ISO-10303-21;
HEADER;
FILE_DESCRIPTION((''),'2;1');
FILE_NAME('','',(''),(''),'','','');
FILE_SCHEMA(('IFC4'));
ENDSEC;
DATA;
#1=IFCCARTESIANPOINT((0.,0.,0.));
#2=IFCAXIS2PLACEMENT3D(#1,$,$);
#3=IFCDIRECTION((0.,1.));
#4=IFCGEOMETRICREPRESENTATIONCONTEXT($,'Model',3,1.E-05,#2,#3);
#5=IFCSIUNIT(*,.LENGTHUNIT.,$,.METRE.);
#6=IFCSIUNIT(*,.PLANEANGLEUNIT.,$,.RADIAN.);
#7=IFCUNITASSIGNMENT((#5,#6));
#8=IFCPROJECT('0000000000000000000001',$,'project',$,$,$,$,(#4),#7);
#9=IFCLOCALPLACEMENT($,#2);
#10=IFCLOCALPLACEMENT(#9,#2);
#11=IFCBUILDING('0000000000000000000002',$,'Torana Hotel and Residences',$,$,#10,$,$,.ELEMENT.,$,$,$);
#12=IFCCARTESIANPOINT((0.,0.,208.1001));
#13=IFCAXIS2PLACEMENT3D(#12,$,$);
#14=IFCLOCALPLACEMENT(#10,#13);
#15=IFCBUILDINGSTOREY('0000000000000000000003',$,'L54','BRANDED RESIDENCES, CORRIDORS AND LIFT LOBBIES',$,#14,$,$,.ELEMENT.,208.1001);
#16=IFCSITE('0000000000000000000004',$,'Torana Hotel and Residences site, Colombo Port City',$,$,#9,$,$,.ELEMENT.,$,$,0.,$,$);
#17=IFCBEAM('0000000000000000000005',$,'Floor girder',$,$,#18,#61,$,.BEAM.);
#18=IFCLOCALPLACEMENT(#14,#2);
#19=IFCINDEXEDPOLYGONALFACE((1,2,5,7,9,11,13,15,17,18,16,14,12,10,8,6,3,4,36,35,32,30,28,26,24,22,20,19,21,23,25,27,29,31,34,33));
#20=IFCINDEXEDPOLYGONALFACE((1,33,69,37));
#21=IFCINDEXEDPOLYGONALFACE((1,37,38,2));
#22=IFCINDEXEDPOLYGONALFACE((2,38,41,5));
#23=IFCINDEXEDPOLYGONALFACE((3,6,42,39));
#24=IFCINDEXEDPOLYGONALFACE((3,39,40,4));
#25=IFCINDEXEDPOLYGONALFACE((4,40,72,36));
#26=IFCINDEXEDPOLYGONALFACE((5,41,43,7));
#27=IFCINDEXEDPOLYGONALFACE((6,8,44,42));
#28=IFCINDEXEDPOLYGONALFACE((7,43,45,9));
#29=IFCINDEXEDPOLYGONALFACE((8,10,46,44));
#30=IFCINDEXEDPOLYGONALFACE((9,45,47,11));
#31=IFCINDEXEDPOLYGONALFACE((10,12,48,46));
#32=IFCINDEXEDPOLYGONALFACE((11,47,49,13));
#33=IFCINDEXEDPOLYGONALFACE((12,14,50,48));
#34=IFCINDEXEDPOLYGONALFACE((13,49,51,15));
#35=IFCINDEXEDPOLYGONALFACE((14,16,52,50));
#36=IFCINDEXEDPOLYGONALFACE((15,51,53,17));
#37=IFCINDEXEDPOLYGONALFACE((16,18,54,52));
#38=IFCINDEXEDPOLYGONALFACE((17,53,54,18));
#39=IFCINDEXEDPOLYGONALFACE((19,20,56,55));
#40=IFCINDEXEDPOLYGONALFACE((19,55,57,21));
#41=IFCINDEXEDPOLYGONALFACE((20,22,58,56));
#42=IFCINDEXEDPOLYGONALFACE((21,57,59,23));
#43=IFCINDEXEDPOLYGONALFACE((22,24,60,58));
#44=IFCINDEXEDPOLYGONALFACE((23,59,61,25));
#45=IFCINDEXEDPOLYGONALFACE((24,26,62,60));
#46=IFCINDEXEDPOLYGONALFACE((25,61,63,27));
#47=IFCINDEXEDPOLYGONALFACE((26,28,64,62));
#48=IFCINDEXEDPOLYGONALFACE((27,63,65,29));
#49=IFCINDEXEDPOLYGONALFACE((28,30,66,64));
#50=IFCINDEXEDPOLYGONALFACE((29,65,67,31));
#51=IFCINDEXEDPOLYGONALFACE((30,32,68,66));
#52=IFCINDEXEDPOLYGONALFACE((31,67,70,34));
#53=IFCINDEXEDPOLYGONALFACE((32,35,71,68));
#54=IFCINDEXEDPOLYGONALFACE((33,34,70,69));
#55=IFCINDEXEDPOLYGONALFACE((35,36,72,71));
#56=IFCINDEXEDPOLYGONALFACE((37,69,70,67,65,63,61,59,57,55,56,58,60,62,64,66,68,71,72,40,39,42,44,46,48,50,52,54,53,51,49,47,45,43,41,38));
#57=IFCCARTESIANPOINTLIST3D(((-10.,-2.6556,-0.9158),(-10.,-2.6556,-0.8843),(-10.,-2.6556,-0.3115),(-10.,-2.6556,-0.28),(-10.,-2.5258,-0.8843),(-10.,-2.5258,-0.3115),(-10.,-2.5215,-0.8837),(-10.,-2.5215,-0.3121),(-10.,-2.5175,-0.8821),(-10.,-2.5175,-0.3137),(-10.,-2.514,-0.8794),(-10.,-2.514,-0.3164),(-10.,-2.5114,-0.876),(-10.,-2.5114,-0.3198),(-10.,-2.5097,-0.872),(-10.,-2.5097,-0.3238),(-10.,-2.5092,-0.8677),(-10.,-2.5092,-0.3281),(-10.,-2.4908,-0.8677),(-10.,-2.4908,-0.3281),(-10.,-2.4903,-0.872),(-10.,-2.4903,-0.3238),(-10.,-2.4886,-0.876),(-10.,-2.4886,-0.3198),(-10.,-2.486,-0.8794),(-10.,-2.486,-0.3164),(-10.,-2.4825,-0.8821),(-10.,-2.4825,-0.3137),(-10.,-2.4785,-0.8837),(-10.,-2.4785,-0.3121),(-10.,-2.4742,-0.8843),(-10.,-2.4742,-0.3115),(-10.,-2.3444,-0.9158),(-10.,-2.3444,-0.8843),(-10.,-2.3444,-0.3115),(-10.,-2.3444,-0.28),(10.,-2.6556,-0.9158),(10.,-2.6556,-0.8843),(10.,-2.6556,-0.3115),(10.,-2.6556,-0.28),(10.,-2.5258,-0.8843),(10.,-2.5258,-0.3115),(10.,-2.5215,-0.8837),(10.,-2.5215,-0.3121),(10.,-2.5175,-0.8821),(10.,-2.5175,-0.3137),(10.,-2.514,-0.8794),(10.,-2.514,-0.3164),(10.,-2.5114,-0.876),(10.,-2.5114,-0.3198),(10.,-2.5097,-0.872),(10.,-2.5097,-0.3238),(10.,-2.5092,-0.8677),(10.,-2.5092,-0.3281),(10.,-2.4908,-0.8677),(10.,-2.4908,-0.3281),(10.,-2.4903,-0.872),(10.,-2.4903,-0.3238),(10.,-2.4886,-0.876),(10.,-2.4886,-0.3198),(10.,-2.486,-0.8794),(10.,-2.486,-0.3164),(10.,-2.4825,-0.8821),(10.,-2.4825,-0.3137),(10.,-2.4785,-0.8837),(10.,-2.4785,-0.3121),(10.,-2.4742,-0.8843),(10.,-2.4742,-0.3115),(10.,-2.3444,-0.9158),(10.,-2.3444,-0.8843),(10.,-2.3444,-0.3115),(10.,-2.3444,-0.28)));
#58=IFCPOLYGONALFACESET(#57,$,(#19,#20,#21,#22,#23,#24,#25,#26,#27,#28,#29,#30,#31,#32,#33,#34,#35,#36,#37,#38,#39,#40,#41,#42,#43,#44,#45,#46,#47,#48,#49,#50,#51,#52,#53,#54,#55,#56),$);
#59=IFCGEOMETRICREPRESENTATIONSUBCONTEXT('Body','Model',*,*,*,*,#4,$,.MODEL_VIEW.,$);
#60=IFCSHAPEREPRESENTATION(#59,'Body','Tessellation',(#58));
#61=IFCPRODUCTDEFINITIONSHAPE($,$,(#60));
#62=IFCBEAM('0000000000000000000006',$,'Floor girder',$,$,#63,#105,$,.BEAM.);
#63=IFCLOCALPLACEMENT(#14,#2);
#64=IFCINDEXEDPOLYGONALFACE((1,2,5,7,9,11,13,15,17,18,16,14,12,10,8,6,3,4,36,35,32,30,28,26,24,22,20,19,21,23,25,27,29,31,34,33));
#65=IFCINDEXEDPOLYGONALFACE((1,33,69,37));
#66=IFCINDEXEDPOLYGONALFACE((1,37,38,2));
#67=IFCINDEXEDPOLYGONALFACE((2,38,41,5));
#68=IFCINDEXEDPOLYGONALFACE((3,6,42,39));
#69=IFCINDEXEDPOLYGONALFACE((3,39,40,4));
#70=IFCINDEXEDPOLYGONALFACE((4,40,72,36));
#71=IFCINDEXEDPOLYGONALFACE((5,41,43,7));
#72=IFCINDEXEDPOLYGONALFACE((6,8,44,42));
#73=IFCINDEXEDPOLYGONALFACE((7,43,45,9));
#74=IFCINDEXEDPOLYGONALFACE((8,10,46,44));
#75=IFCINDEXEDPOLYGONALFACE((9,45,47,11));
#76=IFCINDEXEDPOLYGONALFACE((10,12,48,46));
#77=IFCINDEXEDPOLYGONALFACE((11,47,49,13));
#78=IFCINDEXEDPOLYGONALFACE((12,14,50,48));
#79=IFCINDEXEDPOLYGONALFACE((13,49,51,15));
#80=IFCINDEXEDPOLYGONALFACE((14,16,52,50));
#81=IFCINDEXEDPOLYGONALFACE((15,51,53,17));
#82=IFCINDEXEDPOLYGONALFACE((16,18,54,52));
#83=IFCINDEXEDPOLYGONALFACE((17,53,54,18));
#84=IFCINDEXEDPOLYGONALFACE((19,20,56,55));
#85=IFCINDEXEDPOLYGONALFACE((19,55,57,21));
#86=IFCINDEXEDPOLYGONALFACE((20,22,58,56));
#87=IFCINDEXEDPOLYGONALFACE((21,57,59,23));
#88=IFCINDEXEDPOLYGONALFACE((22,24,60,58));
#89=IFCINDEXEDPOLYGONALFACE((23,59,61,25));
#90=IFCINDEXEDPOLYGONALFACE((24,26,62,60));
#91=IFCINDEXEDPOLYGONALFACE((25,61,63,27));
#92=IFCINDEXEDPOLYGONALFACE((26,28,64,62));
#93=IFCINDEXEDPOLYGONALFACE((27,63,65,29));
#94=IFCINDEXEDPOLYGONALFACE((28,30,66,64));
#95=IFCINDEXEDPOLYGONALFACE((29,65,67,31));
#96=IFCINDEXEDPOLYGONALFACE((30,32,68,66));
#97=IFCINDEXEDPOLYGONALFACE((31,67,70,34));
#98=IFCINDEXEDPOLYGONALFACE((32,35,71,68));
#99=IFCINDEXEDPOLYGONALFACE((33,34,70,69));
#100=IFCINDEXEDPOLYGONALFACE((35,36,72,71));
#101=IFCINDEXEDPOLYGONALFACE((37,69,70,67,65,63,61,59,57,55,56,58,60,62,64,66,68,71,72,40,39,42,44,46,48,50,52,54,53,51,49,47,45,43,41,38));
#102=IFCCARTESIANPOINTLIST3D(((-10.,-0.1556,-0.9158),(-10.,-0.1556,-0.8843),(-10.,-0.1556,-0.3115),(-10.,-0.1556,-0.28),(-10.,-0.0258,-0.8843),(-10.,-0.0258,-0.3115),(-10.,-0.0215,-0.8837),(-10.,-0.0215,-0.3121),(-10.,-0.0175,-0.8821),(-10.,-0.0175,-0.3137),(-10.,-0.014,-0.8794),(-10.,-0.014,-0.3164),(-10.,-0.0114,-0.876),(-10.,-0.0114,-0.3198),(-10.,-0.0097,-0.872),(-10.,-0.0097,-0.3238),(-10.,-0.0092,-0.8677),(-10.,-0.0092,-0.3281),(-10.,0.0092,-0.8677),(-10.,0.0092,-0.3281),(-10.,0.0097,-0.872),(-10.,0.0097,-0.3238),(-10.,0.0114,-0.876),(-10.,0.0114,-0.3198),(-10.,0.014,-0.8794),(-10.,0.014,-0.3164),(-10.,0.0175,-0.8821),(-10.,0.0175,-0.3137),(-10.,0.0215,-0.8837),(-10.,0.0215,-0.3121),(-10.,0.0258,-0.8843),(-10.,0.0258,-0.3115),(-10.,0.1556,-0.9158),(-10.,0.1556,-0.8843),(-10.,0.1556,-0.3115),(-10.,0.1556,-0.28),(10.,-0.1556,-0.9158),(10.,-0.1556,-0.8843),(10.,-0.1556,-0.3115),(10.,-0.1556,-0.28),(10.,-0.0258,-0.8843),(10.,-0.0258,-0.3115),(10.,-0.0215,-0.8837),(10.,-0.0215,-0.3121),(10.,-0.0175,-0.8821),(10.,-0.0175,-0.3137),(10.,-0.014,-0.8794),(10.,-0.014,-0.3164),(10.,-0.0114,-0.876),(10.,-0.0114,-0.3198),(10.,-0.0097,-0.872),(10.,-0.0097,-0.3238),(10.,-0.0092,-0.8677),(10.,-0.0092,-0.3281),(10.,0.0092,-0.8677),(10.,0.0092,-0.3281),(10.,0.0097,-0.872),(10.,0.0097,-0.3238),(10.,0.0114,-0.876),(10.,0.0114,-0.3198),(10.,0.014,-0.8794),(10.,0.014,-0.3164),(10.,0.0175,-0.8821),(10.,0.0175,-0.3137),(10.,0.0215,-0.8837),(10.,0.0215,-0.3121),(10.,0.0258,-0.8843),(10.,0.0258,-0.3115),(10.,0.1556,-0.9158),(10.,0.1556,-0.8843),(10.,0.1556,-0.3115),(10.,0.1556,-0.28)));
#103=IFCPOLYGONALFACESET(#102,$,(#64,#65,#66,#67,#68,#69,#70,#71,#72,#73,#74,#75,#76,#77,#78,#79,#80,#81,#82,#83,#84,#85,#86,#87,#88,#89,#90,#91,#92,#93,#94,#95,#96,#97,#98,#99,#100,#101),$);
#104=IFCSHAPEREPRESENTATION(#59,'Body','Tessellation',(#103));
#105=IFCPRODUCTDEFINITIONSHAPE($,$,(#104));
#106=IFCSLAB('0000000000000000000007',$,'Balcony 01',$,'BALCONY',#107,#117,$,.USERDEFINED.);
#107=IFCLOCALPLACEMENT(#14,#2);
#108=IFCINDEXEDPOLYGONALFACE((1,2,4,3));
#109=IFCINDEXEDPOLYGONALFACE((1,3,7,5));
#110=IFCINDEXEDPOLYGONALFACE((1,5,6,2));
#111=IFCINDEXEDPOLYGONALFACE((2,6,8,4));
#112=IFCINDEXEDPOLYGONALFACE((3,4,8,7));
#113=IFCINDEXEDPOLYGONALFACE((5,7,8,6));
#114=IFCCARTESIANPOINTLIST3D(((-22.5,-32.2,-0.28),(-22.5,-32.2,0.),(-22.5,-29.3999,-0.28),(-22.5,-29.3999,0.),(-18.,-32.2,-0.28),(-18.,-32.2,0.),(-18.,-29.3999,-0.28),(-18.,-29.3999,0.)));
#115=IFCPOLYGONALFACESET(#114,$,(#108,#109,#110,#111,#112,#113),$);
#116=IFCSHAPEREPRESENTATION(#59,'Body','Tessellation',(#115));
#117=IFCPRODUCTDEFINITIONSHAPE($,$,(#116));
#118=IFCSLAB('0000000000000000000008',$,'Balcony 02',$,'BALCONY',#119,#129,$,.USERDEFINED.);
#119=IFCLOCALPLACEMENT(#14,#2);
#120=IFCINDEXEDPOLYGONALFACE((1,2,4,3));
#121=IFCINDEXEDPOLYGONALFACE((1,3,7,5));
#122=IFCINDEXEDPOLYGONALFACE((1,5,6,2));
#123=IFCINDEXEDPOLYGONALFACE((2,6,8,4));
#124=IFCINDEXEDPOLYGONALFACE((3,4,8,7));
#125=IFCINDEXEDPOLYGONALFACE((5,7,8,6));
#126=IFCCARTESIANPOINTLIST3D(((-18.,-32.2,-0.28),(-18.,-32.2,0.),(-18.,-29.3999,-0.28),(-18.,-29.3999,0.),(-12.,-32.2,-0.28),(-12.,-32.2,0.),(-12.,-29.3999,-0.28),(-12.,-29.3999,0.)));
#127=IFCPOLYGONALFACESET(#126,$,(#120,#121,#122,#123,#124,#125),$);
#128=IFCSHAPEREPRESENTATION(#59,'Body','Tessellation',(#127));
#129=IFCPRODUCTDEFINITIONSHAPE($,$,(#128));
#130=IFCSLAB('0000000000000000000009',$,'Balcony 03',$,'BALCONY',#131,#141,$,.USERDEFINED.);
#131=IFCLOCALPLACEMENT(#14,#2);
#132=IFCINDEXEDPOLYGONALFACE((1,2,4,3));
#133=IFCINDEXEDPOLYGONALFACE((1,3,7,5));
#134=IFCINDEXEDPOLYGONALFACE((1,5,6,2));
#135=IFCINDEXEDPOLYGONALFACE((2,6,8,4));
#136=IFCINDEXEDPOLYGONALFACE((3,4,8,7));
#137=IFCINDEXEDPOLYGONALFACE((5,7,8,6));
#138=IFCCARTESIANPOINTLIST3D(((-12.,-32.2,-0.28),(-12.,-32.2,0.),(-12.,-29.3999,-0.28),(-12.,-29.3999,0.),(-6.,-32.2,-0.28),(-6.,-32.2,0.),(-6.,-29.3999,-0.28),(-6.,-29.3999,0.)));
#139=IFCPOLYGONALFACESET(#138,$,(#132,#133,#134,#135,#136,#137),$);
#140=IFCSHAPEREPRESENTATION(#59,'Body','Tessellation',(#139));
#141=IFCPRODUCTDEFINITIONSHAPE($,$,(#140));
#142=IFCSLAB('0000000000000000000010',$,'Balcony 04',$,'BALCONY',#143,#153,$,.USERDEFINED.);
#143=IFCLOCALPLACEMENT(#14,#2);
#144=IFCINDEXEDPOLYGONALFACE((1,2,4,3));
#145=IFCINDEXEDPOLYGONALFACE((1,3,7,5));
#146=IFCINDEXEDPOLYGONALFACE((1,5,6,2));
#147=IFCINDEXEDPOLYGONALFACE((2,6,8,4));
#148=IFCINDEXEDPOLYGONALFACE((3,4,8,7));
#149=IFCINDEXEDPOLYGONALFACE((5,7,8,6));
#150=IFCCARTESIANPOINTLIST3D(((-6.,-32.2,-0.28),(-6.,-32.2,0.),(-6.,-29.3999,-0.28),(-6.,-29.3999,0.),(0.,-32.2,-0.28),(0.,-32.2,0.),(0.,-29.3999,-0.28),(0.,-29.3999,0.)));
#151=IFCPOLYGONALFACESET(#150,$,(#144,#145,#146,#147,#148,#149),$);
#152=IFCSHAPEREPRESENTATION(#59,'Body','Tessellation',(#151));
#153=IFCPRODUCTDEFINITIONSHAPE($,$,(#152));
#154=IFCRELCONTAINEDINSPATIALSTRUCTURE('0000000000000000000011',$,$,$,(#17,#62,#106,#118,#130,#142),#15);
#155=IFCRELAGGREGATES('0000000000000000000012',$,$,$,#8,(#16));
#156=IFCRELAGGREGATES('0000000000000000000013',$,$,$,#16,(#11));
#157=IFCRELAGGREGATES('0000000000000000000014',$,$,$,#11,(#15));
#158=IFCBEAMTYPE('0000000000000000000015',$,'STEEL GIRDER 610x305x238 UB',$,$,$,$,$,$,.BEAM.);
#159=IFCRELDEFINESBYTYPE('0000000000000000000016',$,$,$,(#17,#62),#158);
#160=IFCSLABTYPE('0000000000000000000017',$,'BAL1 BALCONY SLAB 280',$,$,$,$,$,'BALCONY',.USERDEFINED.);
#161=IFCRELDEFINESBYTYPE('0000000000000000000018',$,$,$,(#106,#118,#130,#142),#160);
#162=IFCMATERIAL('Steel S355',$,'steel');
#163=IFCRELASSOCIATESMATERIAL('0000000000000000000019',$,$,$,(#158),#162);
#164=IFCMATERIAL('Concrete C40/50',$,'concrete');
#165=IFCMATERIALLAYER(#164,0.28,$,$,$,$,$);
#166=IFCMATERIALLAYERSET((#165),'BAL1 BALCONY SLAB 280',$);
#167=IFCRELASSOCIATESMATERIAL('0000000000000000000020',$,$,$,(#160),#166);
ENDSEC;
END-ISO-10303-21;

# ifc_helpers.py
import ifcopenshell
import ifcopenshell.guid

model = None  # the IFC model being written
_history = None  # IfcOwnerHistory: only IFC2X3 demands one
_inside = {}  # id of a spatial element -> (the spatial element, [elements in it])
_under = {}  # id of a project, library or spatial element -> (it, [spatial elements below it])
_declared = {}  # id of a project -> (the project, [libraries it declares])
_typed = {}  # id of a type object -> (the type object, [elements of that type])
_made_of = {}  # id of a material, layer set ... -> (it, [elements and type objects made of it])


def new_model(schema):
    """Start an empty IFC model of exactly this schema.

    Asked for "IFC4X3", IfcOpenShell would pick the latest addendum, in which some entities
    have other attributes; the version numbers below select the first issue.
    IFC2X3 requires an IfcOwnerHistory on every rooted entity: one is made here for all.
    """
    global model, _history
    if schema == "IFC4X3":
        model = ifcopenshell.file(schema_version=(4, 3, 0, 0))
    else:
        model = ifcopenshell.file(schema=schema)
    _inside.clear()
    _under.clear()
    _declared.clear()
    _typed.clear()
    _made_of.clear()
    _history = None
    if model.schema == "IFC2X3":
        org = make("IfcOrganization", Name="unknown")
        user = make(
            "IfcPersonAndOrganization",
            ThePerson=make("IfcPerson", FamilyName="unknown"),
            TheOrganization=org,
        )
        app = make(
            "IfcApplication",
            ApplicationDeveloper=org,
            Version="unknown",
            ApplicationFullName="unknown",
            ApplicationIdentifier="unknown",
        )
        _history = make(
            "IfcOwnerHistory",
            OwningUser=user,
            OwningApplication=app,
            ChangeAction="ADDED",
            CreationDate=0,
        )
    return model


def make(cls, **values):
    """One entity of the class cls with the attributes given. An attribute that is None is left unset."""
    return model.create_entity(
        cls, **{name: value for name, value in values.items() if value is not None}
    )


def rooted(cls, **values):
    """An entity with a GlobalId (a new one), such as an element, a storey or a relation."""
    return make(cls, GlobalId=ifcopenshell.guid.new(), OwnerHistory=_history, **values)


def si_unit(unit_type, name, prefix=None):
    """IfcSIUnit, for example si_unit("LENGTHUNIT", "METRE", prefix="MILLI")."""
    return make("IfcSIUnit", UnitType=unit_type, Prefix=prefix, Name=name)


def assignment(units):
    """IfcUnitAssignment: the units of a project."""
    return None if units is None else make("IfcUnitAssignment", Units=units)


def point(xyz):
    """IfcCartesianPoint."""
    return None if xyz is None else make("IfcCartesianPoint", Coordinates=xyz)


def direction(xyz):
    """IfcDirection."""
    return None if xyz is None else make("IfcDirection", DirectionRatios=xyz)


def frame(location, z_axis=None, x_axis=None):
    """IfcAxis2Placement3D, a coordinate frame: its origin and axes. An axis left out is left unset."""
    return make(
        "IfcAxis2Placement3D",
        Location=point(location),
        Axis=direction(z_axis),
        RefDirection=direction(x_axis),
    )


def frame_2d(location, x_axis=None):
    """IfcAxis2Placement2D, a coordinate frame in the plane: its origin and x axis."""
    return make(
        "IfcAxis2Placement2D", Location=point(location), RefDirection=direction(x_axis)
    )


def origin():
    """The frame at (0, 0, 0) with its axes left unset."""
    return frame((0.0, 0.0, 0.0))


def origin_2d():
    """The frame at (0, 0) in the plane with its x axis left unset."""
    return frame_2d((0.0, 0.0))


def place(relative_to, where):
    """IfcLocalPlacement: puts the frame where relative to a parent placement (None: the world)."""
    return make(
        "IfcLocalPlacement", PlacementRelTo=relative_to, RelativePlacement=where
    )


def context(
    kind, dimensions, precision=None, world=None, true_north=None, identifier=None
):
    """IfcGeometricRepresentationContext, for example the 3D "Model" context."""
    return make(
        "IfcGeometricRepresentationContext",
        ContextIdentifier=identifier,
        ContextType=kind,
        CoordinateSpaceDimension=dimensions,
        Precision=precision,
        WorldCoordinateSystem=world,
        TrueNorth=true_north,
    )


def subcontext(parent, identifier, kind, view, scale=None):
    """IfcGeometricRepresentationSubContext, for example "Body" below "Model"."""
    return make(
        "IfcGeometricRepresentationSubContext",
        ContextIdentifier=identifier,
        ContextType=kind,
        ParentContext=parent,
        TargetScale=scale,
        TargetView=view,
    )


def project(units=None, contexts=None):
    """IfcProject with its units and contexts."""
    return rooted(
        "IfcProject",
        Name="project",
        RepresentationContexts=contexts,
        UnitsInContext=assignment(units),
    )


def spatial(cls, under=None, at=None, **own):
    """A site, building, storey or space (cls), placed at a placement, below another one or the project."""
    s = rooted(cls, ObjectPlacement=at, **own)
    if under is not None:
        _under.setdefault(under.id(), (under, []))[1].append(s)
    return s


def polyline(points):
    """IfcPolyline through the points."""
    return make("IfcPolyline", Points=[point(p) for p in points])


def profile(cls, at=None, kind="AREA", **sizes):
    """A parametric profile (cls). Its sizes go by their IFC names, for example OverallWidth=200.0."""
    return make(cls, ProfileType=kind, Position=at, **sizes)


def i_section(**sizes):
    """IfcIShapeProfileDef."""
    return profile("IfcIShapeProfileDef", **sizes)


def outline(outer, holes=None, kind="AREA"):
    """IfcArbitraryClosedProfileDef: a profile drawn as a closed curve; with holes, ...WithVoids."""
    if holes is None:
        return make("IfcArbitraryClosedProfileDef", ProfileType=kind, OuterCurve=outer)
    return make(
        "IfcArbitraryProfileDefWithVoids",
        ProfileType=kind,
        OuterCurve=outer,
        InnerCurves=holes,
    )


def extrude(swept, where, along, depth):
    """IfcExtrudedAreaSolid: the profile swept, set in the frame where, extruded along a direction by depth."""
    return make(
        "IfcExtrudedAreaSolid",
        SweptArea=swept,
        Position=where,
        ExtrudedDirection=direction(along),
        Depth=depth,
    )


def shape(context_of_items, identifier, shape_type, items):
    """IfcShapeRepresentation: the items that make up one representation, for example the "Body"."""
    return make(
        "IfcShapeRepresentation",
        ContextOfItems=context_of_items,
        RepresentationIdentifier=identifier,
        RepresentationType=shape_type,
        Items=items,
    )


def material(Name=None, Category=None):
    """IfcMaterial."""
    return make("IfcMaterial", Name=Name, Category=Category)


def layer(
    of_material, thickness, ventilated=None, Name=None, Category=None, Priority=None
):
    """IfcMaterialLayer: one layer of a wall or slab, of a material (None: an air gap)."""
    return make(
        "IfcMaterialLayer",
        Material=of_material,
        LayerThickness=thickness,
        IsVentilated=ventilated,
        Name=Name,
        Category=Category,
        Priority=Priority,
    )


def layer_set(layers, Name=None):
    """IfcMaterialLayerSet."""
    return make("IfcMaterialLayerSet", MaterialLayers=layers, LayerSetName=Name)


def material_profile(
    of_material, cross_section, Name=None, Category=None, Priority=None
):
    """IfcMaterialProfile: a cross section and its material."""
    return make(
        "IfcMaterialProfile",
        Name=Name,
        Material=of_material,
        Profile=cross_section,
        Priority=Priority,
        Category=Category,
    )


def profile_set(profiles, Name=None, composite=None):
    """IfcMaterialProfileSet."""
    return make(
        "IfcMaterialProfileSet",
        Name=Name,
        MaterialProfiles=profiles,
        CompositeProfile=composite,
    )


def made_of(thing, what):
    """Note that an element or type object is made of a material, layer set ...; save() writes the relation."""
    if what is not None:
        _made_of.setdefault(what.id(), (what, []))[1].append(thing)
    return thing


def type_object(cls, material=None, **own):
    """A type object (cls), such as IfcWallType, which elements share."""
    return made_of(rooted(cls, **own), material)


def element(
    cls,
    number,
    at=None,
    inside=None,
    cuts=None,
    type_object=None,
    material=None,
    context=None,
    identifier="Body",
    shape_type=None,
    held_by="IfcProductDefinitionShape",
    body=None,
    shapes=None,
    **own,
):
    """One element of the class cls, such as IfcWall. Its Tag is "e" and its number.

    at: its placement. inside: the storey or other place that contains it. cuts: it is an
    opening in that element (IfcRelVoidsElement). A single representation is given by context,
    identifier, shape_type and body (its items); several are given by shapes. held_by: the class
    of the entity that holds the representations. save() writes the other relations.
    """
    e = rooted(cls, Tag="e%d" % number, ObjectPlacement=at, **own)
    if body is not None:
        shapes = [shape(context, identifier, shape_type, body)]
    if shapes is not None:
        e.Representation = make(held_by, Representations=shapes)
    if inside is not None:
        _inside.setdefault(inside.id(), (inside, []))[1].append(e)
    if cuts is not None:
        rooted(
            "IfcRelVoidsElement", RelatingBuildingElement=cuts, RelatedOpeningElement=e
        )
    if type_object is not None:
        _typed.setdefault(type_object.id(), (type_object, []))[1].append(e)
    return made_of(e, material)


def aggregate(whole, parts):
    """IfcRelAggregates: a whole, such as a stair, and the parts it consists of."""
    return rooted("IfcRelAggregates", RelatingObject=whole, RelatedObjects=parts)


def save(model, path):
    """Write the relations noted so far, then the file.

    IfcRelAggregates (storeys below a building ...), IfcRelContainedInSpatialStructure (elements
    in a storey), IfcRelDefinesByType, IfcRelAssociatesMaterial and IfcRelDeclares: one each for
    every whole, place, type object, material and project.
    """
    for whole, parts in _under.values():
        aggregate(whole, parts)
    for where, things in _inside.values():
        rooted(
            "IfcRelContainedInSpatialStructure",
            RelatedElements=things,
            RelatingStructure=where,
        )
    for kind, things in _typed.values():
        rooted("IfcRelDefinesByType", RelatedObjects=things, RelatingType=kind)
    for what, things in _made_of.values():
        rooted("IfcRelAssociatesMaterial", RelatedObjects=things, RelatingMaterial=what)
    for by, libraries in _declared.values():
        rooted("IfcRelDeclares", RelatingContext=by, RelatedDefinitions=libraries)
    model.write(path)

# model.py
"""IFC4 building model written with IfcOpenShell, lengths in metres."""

from ifc_helpers import new_model, si_unit, direction, frame, origin, origin_2d, place, context, subcontext, project, spatial, polyline, i_section, outline, extrude, material, layer, layer_set, material_profile, profile_set, type_object, element, save


model = new_model("IFC4")

# Units and contexts
model_context = context("Model", 3, precision=1e-05, world=origin(), true_north=direction((0.0, 1.0)))
body_context = subcontext(model_context, "Body", "Model", "MODEL_VIEW")
ifc_project = project(units=[si_unit("LENGTHUNIT", "METRE"), si_unit("PLANEANGLEUNIT", "RADIAN")], contexts=[model_context])

# Site, building, storey
site_placement = place(None, origin())
site = spatial("IfcSite", under=ifc_project, at=site_placement, Name="Torana Hotel and Residences site, Colombo Port City", CompositionType="ELEMENT", RefElevation=0.0)
building_placement = place(site_placement, origin())
building = spatial("IfcBuilding", under=site, at=building_placement, Name="Torana Hotel and Residences", CompositionType="ELEMENT")
storey_placement = place(building_placement, frame((0.0, 0.0, 208.1001)))
storey = spatial("IfcBuildingStorey", under=building, at=storey_placement, Name="L54", Description="BRANDED RESIDENCES, CORRIDORS AND LIFT LOBBIES", CompositionType="ELEMENT", Elevation=208.1001)

# Beams
ifc_material_1 = material(Name="Steel S355", Category="steel")
ifc_material_profile = material_profile(ifc_material_1, i_section(OverallWidth=0.3113, OverallDepth=0.6357, WebThickness=0.0183, FlangeThickness=0.0315, FilletRadius=0.0166, at=origin_2d()), Name="610x305x238 UB")
ifc_profile_set = profile_set([ifc_material_profile], Name="Steel S355")
beam_type = type_object("IfcBeamType", Name="STEEL GIRDER 610x305x238 UB", PredefinedType="BEAM", material=ifc_profile_set)
for number, where, z_axis, x_axis, name in (
    (1, (-10.0, -2.5, -0.5979), (1.0, 0.0, 0.0), (0.0, 1.0, 0.0), "Floor girder"),
    (2, (-10.0, 0.0, -0.5979), (1.0, 0.0, 0.0), (0.0, 1.0, 0.0), "Floor girder"),
):
    element("IfcBeam", number, at=place(storey_placement, frame(where, z_axis=z_axis, x_axis=x_axis)), inside=storey, type_object=beam_type, Name=name, PredefinedType="BEAM", context=body_context, shape_type="SweptSolid", body=[
        extrude(i_section(OverallWidth=0.3113, OverallDepth=0.6357, WebThickness=0.0183, FlangeThickness=0.0315, FilletRadius=0.0166, at=origin_2d()), origin(), (0.0, 0.0, 1.0), 20.0),
    ])

# Slabs
ifc_material_2 = material(Name="Concrete C40/50", Category="concrete")
ifc_layer_1 = layer(ifc_material_2, 0.28)
ifc_layer_set_1 = layer_set([ifc_layer_1], Name="BAL1 BALCONY SLAB 280")
slab_type_1 = type_object("IfcSlabType", Name="BAL1 BALCONY SLAB 280", ElementType="BALCONY", PredefinedType="USERDEFINED", material=ifc_layer_set_1)
slab_1_placement = place(storey_placement, frame((0.0, 0.0, -0.28)))
element("IfcSlab", 3, at=slab_1_placement, inside=storey, type_object=slab_type_1, Name="Balcony 01", ObjectType="BALCONY", PredefinedType="USERDEFINED", context=body_context, shape_type="SweptSolid", body=[
    extrude(outline(polyline([(-22.5, -32.2), (-18.0, -32.2), (-18.0, -29.3999), (-22.5, -29.3999), (-22.5, -32.2)])), origin(), (0.0, 0.0, 1.0), 0.28),
])
slab_2_placement = place(storey_placement, frame((0.0, 0.0, -0.28)))
element("IfcSlab", 4, at=slab_2_placement, inside=storey, type_object=slab_type_1, Name="Balcony 02", ObjectType="BALCONY", PredefinedType="USERDEFINED", context=body_context, shape_type="SweptSolid", body=[
    extrude(outline(polyline([(-18.0, -32.2), (-12.0, -32.2), (-12.0, -29.3999), (-18.0, -29.3999), (-18.0, -32.2)])), origin(), (0.0, 0.0, 1.0), 0.28),
])
slab_3_placement = place(storey_placement, frame((0.0, 0.0, -0.28)))
element("IfcSlab", 5, at=slab_3_placement, inside=storey, type_object=slab_type_1, Name="Balcony 03", ObjectType="BALCONY", PredefinedType="USERDEFINED", context=body_context, shape_type="SweptSolid", body=[
    extrude(outline(polyline([(-12.0, -32.2), (-6.0, -32.2), (-6.0, -29.3999), (-12.0, -29.3999), (-12.0, -32.2)])), origin(), (0.0, 0.0, 1.0), 0.28),
])
slab_4_placement = place(storey_placement, frame((0.0, 0.0, -0.28)))
element("IfcSlab", 6, at=slab_4_placement, inside=storey, type_object=slab_type_1, Name="Balcony 04", ObjectType="BALCONY", PredefinedType="USERDEFINED", context=body_context, shape_type="SweptSolid", body=[
    extrude(outline(polyline([(-6.0, -32.2), (0.0, -32.2), (0.0, -29.3999), (-6.0, -29.3999), (-6.0, -32.2)])), origin(), (0.0, 0.0, 1.0), 0.28),
])

save(model, "model.ifc")
